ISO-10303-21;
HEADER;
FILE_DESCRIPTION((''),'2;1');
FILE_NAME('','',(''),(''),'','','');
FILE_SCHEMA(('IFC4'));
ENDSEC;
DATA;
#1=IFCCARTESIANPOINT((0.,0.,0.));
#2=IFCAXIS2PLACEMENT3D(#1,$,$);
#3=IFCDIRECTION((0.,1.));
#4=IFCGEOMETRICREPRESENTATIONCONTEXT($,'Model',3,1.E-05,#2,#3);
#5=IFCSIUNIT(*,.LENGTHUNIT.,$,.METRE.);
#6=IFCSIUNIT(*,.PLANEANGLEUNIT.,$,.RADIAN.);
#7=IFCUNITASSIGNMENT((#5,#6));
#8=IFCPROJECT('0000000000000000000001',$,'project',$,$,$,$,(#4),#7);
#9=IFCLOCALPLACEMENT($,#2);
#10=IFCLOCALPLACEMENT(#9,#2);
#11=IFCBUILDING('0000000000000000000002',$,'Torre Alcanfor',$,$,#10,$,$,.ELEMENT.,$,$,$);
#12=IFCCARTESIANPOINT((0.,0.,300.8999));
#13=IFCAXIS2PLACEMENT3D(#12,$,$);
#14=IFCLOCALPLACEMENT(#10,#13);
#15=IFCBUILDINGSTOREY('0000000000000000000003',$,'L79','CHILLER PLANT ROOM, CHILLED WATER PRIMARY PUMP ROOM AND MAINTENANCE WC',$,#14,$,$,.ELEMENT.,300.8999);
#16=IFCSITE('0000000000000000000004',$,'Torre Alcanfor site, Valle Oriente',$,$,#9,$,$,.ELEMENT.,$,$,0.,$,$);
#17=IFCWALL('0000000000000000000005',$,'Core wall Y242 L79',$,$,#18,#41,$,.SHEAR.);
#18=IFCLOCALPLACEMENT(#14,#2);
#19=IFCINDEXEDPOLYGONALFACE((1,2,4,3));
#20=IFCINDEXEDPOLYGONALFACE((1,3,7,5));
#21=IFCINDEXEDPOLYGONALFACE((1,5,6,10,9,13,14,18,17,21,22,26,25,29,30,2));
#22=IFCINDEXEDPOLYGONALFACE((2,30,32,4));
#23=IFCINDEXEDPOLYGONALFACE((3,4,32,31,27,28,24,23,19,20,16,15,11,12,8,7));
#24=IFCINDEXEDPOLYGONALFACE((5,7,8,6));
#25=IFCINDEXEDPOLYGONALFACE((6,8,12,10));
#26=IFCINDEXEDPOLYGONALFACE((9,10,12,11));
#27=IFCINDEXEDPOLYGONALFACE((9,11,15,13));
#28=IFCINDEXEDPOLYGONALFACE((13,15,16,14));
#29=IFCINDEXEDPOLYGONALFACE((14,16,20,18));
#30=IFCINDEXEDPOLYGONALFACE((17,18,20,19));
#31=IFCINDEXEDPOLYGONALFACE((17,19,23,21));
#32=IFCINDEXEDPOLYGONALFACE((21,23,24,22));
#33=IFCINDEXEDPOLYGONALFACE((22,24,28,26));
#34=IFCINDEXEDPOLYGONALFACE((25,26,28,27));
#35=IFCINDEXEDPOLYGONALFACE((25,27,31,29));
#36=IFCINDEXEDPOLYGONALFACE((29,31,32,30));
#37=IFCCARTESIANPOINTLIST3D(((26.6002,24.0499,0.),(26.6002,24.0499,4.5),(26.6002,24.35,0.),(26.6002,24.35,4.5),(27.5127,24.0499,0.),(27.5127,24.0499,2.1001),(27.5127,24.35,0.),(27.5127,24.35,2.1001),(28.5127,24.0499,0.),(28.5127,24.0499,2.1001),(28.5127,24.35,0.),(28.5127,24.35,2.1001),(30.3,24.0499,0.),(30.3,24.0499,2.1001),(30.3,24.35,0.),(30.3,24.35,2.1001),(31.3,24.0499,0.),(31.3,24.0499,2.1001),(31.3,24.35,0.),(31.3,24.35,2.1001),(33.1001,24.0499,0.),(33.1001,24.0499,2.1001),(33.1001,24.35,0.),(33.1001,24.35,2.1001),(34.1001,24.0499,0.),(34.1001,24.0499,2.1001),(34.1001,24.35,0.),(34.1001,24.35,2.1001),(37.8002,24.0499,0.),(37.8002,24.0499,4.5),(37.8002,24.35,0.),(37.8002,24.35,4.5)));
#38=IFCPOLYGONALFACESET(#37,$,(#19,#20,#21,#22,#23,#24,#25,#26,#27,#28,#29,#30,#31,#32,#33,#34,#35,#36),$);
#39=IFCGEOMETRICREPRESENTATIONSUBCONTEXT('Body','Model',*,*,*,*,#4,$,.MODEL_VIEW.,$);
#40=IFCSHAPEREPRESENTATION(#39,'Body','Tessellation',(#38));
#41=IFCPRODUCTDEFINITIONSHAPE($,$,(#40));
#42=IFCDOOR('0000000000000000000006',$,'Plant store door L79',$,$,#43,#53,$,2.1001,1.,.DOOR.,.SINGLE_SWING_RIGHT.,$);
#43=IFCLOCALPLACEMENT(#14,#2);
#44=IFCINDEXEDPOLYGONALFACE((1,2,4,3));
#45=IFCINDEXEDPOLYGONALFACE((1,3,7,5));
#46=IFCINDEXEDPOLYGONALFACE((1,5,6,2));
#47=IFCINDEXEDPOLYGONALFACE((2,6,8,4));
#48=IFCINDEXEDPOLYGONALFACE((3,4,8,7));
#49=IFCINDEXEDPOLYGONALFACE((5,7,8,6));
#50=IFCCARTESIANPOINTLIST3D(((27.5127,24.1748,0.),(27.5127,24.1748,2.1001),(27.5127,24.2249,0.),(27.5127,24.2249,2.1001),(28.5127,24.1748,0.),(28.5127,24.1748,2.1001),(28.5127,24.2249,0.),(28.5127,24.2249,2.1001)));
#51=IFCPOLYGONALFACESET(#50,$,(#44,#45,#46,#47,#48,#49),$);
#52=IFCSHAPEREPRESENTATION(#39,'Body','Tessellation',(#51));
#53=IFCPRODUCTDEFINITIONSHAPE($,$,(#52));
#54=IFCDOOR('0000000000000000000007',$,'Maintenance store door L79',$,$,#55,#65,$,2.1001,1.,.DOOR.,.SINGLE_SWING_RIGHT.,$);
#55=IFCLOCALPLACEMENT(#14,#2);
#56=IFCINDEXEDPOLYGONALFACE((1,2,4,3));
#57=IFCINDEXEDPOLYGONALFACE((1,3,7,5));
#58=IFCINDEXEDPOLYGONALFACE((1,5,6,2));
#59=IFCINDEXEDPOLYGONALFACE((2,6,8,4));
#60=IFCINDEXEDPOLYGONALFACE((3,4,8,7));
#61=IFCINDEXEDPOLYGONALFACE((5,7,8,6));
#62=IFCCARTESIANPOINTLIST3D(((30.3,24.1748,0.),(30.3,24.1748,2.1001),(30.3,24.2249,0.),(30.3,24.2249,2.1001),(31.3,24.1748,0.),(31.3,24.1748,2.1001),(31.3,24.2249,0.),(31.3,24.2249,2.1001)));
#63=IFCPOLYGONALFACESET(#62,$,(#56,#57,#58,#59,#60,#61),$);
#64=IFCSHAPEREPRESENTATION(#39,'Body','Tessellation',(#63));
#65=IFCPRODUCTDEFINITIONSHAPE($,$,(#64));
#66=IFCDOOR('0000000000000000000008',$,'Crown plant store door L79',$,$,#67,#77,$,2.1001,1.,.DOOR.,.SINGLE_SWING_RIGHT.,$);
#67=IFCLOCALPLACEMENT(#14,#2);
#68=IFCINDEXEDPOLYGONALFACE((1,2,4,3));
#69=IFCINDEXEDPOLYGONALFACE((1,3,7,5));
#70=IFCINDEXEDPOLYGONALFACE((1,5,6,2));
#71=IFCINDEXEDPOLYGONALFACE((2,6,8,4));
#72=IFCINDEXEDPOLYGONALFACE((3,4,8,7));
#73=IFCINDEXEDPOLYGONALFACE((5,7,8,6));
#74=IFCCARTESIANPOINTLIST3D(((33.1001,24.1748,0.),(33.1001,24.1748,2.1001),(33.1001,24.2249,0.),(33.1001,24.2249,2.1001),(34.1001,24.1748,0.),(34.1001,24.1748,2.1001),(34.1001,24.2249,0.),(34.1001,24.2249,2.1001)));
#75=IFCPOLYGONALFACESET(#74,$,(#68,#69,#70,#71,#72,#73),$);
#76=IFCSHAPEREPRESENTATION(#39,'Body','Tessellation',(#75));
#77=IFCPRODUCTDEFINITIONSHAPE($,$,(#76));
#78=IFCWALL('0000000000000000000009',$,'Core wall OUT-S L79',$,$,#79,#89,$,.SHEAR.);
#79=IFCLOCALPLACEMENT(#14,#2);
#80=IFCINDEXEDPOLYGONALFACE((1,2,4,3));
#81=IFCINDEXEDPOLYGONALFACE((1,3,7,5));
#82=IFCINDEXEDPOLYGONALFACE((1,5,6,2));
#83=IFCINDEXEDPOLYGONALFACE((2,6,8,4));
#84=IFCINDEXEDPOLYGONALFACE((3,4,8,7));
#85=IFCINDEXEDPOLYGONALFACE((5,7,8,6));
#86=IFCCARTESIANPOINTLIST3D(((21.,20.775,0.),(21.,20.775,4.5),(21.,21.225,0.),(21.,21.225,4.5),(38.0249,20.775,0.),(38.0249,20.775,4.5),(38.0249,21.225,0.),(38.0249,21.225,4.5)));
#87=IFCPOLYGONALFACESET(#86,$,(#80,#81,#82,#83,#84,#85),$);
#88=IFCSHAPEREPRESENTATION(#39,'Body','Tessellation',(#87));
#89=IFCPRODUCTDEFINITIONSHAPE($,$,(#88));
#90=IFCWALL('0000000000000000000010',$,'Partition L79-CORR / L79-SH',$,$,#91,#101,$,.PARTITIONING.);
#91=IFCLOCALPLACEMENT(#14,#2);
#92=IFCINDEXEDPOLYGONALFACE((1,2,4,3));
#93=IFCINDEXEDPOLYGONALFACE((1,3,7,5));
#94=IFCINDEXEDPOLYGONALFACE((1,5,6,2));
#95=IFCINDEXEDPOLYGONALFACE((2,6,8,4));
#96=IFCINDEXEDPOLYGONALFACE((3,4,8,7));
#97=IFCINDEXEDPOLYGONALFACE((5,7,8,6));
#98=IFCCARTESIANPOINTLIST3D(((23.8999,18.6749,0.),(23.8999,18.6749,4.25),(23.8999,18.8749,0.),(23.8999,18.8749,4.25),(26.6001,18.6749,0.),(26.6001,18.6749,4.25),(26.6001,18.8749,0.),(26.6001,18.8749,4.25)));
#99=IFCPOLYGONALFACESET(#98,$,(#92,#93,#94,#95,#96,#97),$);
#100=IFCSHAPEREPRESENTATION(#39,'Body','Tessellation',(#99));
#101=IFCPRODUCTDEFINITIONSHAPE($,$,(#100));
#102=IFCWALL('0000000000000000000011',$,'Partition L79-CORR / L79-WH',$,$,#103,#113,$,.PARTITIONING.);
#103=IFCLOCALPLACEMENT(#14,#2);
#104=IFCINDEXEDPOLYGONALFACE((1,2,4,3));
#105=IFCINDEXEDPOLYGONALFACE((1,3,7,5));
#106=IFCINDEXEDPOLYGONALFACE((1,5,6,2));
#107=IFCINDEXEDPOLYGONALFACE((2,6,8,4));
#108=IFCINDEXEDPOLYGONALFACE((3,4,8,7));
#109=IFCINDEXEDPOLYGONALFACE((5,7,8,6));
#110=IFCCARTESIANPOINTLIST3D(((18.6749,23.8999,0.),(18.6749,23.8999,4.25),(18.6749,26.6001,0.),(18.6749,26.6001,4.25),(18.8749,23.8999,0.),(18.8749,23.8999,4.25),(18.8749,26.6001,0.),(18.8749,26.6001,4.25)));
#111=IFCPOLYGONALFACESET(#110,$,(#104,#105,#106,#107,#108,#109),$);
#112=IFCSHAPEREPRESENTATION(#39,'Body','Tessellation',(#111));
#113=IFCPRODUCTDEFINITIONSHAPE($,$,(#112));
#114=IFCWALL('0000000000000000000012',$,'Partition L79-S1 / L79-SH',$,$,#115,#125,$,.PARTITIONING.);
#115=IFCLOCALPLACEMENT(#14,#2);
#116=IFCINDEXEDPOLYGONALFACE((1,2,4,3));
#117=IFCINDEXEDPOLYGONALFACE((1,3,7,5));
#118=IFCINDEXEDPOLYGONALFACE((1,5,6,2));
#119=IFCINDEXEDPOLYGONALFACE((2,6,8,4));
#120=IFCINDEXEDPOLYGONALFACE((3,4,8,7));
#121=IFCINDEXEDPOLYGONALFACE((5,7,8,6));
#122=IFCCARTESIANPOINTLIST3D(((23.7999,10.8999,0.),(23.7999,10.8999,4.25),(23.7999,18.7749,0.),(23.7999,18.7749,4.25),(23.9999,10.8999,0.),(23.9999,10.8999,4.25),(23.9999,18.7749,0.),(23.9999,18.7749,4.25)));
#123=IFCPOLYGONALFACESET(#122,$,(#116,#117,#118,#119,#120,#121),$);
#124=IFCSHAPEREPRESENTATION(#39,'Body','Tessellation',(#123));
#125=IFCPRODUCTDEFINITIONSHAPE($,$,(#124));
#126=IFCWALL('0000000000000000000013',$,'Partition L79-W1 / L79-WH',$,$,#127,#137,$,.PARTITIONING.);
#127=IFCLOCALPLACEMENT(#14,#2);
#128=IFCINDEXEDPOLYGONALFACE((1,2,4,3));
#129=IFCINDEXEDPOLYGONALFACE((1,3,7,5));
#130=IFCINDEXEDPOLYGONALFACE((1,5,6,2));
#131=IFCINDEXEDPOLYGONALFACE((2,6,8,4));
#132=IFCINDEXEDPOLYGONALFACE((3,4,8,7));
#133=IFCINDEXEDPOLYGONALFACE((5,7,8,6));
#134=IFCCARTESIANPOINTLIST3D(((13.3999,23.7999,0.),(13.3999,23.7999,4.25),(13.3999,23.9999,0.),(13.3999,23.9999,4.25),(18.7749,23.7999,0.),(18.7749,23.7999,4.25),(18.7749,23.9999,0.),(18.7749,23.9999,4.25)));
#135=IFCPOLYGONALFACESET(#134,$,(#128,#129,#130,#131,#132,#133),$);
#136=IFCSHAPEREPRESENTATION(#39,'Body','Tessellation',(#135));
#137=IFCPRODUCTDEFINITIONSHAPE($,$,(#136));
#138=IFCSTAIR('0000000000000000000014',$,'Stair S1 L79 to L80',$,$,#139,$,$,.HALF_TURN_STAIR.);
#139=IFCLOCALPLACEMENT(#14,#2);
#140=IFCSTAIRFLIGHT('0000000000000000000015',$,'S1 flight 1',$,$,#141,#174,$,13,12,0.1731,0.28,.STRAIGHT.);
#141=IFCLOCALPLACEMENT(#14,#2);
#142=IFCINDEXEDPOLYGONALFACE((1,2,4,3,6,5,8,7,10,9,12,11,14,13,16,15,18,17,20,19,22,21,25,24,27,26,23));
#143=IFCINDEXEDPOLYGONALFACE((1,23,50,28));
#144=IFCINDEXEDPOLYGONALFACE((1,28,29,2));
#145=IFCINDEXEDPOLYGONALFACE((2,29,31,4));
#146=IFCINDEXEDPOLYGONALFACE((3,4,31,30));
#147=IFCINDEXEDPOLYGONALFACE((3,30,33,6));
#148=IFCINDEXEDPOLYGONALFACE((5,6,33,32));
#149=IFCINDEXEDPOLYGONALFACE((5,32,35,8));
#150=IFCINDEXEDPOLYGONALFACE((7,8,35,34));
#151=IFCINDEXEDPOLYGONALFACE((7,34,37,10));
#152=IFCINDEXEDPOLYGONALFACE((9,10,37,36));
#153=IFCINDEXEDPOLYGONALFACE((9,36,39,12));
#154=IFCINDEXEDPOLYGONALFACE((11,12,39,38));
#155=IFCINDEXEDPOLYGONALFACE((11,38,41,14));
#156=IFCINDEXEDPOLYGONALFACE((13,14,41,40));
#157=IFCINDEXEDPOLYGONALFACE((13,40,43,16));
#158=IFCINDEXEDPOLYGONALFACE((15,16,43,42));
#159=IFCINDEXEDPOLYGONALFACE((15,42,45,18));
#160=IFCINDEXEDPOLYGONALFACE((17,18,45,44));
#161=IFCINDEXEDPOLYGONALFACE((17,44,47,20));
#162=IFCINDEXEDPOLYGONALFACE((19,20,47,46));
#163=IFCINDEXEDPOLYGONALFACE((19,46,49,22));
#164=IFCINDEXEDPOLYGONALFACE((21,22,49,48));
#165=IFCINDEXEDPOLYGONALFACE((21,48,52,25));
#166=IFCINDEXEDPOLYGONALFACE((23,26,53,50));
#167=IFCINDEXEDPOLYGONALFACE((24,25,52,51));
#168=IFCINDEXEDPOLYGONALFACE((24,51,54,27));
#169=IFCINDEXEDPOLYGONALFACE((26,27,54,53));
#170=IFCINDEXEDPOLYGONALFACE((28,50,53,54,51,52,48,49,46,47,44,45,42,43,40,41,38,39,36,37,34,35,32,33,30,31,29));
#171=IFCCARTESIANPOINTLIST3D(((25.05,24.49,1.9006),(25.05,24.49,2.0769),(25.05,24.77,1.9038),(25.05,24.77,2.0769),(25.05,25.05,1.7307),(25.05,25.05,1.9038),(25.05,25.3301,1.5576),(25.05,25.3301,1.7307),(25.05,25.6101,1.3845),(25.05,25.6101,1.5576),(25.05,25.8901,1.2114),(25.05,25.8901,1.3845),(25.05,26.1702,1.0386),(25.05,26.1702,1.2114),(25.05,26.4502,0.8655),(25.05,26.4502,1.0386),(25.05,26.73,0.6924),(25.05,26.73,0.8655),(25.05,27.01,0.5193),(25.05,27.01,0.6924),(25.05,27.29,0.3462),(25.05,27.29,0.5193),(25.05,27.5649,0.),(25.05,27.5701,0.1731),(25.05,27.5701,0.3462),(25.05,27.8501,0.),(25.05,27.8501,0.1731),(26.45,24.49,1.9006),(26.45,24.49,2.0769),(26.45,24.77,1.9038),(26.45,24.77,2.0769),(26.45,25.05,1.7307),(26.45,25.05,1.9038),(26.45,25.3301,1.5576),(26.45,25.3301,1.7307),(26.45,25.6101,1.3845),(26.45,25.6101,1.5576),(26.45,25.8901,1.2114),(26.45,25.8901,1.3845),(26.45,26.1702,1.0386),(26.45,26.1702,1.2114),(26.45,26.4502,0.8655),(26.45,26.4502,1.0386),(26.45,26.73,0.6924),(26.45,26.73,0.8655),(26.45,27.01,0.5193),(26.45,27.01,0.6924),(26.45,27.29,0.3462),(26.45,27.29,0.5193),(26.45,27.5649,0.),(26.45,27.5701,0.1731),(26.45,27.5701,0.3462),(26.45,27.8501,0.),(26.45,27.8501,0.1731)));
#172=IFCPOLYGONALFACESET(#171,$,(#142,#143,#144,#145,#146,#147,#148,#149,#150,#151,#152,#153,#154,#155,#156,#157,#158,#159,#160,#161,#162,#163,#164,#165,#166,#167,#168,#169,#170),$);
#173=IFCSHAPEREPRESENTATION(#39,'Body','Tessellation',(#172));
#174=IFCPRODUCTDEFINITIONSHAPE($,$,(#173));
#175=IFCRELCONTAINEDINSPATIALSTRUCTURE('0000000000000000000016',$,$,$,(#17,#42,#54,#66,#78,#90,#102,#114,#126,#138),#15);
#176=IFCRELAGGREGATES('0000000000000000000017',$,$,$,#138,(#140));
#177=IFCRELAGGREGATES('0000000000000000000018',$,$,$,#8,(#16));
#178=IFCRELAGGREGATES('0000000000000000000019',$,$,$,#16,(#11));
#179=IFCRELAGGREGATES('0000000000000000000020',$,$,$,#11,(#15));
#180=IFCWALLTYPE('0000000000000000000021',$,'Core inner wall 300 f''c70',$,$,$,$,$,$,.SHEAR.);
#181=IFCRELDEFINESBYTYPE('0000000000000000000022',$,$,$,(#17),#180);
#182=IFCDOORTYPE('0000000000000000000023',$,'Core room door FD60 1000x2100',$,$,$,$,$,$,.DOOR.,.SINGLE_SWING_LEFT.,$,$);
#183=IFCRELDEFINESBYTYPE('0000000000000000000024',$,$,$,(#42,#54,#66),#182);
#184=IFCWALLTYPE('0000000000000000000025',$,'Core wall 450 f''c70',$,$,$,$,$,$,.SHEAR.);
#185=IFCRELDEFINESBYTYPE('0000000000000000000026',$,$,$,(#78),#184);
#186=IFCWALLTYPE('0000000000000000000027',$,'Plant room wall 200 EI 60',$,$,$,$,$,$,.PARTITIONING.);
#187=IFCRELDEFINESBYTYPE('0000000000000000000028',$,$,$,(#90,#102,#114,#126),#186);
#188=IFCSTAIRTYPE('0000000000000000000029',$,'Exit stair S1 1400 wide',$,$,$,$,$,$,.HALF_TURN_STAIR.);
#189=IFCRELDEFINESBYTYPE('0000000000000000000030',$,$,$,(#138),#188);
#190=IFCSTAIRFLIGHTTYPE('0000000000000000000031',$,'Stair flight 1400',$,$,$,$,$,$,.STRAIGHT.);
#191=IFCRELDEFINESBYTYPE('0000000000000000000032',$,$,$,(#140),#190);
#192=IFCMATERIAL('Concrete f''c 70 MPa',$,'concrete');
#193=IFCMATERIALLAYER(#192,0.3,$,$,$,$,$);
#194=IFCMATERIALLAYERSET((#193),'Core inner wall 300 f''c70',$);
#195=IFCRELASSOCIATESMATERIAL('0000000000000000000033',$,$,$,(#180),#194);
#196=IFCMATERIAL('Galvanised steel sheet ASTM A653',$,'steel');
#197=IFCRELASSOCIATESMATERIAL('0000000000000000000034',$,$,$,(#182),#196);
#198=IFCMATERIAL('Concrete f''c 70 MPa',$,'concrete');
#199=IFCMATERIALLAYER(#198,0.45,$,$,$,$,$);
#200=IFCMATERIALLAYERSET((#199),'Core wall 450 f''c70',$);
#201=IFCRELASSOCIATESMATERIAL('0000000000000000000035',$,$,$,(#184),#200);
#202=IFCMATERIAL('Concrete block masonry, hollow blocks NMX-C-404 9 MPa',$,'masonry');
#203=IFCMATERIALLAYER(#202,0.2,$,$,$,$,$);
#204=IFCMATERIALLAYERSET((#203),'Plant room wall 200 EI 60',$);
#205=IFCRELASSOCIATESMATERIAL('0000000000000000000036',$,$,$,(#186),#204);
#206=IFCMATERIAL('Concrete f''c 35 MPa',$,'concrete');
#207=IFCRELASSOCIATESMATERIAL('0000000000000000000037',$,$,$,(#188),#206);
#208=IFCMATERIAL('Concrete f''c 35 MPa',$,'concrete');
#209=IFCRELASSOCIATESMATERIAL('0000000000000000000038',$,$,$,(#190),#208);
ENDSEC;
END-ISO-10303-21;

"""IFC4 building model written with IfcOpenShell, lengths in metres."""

from ifc_helpers import new_model, si_unit, direction, frame, frame_2d, origin, place, context, subcontext, project, spatial, polyline, rectangle, outline, extrude, material, layer, layer_set, type_object, element, fill, aggregate, save


model = new_model("IFC4")

# Units and contexts
model_context = context("Model", 3, precision=1e-05, world=origin(), true_north=direction((0.0, 1.0)))
body_context = subcontext(model_context, "Body", "Model", "MODEL_VIEW")
ifc_project = project(units=[si_unit("LENGTHUNIT", "METRE"), si_unit("PLANEANGLEUNIT", "RADIAN")], contexts=[model_context])

# Site, building, storey
site_placement = place(None, origin())
site = spatial("IfcSite", under=ifc_project, at=site_placement, Name="Torre Alcanfor site, Valle Oriente", CompositionType="ELEMENT", RefElevation=0.0)
building_placement = place(site_placement, origin())
building = spatial("IfcBuilding", under=site, at=building_placement, Name="Torre Alcanfor", CompositionType="ELEMENT")
storey_placement = place(building_placement, frame((0.0, 0.0, 300.8999)))
storey = spatial("IfcBuildingStorey", under=building, at=storey_placement, Name="L79", Description="CHILLER PLANT ROOM, CHILLED WATER PRIMARY PUMP ROOM AND MAINTENANCE WC", CompositionType="ELEMENT", Elevation=300.8999)

# Shared definitions
ifc_material_1 = material(Name="Concrete f'c 70 MPa", Category="concrete")
ifc_layer_1 = layer(ifc_material_1, 0.3)
ifc_layer_set_1 = layer_set([ifc_layer_1], Name="Core inner wall 300 f'c70")
wall_type_1 = type_object("IfcWallType", Name="Core inner wall 300 f'c70", PredefinedType="SHEAR", material=ifc_layer_set_1)

# Wall, openings, doors
wall_1_placement = place(storey_placement, frame((26.6001, 24.2, 0.0), z_axis=(0.0, 0.0, 1.0), x_axis=(1.0, 0.0, 0.0)))
wall_1 = element("IfcWall", 1, at=wall_1_placement, inside=storey, type_object=wall_type_1, Name="Core wall Y242 L79", PredefinedType="SHEAR", context=body_context, shape_type="SweptSolid", body=[
    extrude(rectangle(XDim=11.2, YDim=0.3, at=frame_2d((5.6001, 0.0))), origin(), (0.0, 0.0, 1.0), 4.5),
])
opening_1_placement = place(wall_1_placement, frame((0.9126, 0.0, 0.0)))
opening_1 = element("IfcOpeningElement", 2, at=opening_1_placement, cuts=wall_1, PredefinedType="OPENING", context=body_context, shape_type="SweptSolid", body=[
    extrude(rectangle(XDim=1.0, YDim=2.1001, at=frame_2d((0.5, 1.05))), frame((0.0, 0.1599, 0.0), z_axis=(0.0, -1.0, 0.0), x_axis=(1.0, 0.0, 0.0)), (0.0, 0.0, 1.0), 0.3201),
])
opening_2_placement = place(wall_1_placement, frame((3.7, 0.0, 0.0)))
opening_2 = element("IfcOpeningElement", 3, at=opening_2_placement, cuts=wall_1, PredefinedType="OPENING", context=body_context, shape_type="SweptSolid", body=[
    extrude(rectangle(XDim=1.0, YDim=2.1001, at=frame_2d((0.5, 1.05))), frame((0.0, 0.1599, 0.0), z_axis=(0.0, -1.0, 0.0), x_axis=(1.0, 0.0, 0.0)), (0.0, 0.0, 1.0), 0.3201),
])
opening_3_placement = place(wall_1_placement, frame((6.5, 0.0, 0.0)))
opening_3 = element("IfcOpeningElement", 4, at=opening_3_placement, cuts=wall_1, PredefinedType="OPENING", context=body_context, shape_type="SweptSolid", body=[
    extrude(rectangle(XDim=1.0, YDim=2.1001, at=frame_2d((0.5, 1.05))), frame((0.0, 0.1599, 0.0), z_axis=(0.0, -1.0, 0.0), x_axis=(1.0, 0.0, 0.0)), (0.0, 0.0, 1.0), 0.3201),
])
ifc_material_2 = material(Name="Galvanised steel sheet ASTM A653", Category="steel")
door_type_1 = type_object("IfcDoorType", Name="Core room door FD60 1000x2100", OperationType="SINGLE_SWING_LEFT", PredefinedType="DOOR", material=ifc_material_2)
door_1_placement = place(opening_1_placement, frame((1.0, 0.0, 0.0), z_axis=(0.0, 0.0, 1.0), x_axis=(-1.0, 0.0, 0.0)))
door_1 = element("IfcDoor", 5, at=door_1_placement, inside=storey, type_object=door_type_1, Name="Plant store door L79", OperationType="SINGLE_SWING_RIGHT", OverallHeight=2.1001, OverallWidth=1.0, PredefinedType="DOOR", context=body_context, shape_type="SweptSolid", body=[
    extrude(rectangle(XDim=1.0, YDim=2.1001, at=frame_2d((0.5, 1.05))), frame((0.0, 0.0251, 0.0), z_axis=(0.0, -1.0, 0.0), x_axis=(1.0, 0.0, 0.0)), (0.0, 0.0, 1.0), 0.05),
])
fill(opening_1, door_1)
door_2_placement = place(opening_2_placement, frame((1.0, 0.0, 0.0), z_axis=(0.0, 0.0, 1.0), x_axis=(-1.0, 0.0, 0.0)))
door_2 = element("IfcDoor", 6, at=door_2_placement, inside=storey, type_object=door_type_1, Name="Maintenance store door L79", OperationType="SINGLE_SWING_RIGHT", OverallHeight=2.1001, OverallWidth=1.0, PredefinedType="DOOR", context=body_context, shape_type="SweptSolid", body=[
    extrude(rectangle(XDim=1.0, YDim=2.1001, at=frame_2d((0.5, 1.05))), frame((0.0, 0.0251, 0.0), z_axis=(0.0, -1.0, 0.0), x_axis=(1.0, 0.0, 0.0)), (0.0, 0.0, 1.0), 0.05),
])
fill(opening_2, door_2)
door_3_placement = place(opening_3_placement, frame((1.0, 0.0, 0.0), z_axis=(0.0, 0.0, 1.0), x_axis=(-1.0, 0.0, 0.0)))
door_3 = element("IfcDoor", 7, at=door_3_placement, inside=storey, type_object=door_type_1, Name="Crown plant store door L79", OperationType="SINGLE_SWING_RIGHT", OverallHeight=2.1001, OverallWidth=1.0, PredefinedType="DOOR", context=body_context, shape_type="SweptSolid", body=[
    extrude(rectangle(XDim=1.0, YDim=2.1001, at=frame_2d((0.5, 1.05))), frame((0.0, 0.0251, 0.0), z_axis=(0.0, -1.0, 0.0), x_axis=(1.0, 0.0, 0.0)), (0.0, 0.0, 1.0), 0.05),
])
fill(opening_3, door_3)

# Wall
ifc_material_3 = material(Name="Concrete f'c 70 MPa", Category="concrete")
ifc_layer_2 = layer(ifc_material_3, 0.45)
ifc_layer_set_2 = layer_set([ifc_layer_2], Name="Core wall 450 f'c70")
wall_type_2 = type_object("IfcWallType", Name="Core wall 450 f'c70", PredefinedType="SHEAR", material=ifc_layer_set_2)
wall_2_placement = place(storey_placement, frame((21.0, 21.0, 0.0), z_axis=(0.0, 0.0, 1.0), x_axis=(1.0, 0.0, 0.0)))
element("IfcWall", 8, at=wall_2_placement, inside=storey, type_object=wall_type_2, Name="Core wall OUT-S L79", PredefinedType="SHEAR", context=body_context, shape_type="SweptSolid", body=[
    extrude(rectangle(XDim=17.0249, YDim=0.45, at=frame_2d((8.5125, 0.0))), origin(), (0.0, 0.0, 1.0), 4.5),
])

# Shared definitions
ifc_material_4 = material(Name="Concrete block masonry, hollow blocks NMX-C-404 9 MPa", Category="masonry")
ifc_layer_3 = layer(ifc_material_4, 0.2)
ifc_layer_set_3 = layer_set([ifc_layer_3], Name="Plant room wall 200 EI 60")
wall_type_3 = type_object("IfcWallType", Name="Plant room wall 200 EI 60", PredefinedType="PARTITIONING", material=ifc_layer_set_3)

# Wall
wall_3_placement = place(storey_placement, frame((26.6001, 18.7749, 0.0), z_axis=(0.0, 0.0, 1.0), x_axis=(-1.0, 0.0, 0.0)))
element("IfcWall", 9, at=wall_3_placement, inside=storey, type_object=wall_type_3, Name="Partition L79-CORR / L79-SH", PredefinedType="PARTITIONING", context=body_context, shape_type="SweptSolid", body=[
    extrude(rectangle(XDim=2.7002, YDim=0.2, at=frame_2d((1.3501, 0.0))), origin(), (0.0, 0.0, 1.0), 4.25),
])

# Walls
wall_4_placement = place(storey_placement, frame((18.7749, 23.8999, 0.0), z_axis=(0.0, 0.0, 1.0), x_axis=(0.0, 1.0, 0.0)))
element("IfcWall", 10, at=wall_4_placement, inside=storey, type_object=wall_type_3, Name="Partition L79-CORR / L79-WH", PredefinedType="PARTITIONING", context=body_context, shape_type="SweptSolid", body=[
    extrude(rectangle(XDim=2.7002, YDim=0.2, at=frame_2d((1.3501, 0.0))), origin(), (0.0, 0.0, 1.0), 4.25),
])
wall_5_placement = place(storey_placement, frame((23.8999, 18.7749, 0.0), z_axis=(0.0, 0.0, 1.0), x_axis=(0.0, -1.0, 0.0)))
element("IfcWall", 11, at=wall_5_placement, inside=storey, type_object=wall_type_3, Name="Partition L79-S1 / L79-SH", PredefinedType="PARTITIONING", context=body_context, shape_type="SweptSolid", body=[
    extrude(rectangle(XDim=7.875, YDim=0.2, at=frame_2d((3.9375, 0.0))), origin(), (0.0, 0.0, 1.0), 4.25),
])
wall_6_placement = place(storey_placement, frame((13.3999, 23.8999, 0.0), z_axis=(0.0, 0.0, 1.0), x_axis=(1.0, 0.0, 0.0)))
element("IfcWall", 12, at=wall_6_placement, inside=storey, type_object=wall_type_3, Name="Partition L79-W1 / L79-WH", PredefinedType="PARTITIONING", context=body_context, shape_type="SweptSolid", body=[
    extrude(rectangle(XDim=5.375, YDim=0.2, at=frame_2d((2.6875, 0.0))), origin(), (0.0, 0.0, 1.0), 4.25),
])

# Stair, stair flight
ifc_material_5 = material(Name="Concrete f'c 35 MPa", Category="concrete")
stair_type = type_object("IfcStairType", Name="Exit stair S1 1400 wide", PredefinedType="HALF_TURN_STAIR", material=ifc_material_5)
stair_placement = place(storey_placement, origin())
stair = element("IfcStair", 13, at=stair_placement, inside=storey, type_object=stair_type, Name="Stair S1 L79 to L80", PredefinedType="HALF_TURN_STAIR")
ifc_material_6 = material(Name="Concrete f'c 35 MPa", Category="concrete")
stair_flight_type = type_object("IfcStairFlightType", Name="Stair flight 1400", PredefinedType="STRAIGHT", material=ifc_material_6)
stair_flight_1_placement = place(storey_placement, frame((25.75, 27.8501, 0.0), z_axis=(0.0, 0.0, 1.0), x_axis=(0.0, -1.0, 0.0)))
stair_flight_1 = element("IfcStairFlight", 14, at=stair_flight_1_placement, type_object=stair_flight_type, Name="S1 flight 1", NumberOfRisers=13, NumberOfTreads=12, PredefinedType="STRAIGHT", RiserHeight=0.1731, TreadLength=0.28, context=body_context, shape_type="SweptSolid", body=[
    extrude(outline(polyline([(0.0, 0.0), (0.0, 0.1731), (0.28, 0.1731), (0.28, 0.3462), (0.5601, 0.3462), (0.5601, 0.5193), (0.8401, 0.5193), (0.8401, 0.6924), (1.1201, 0.6924), (1.1201, 0.8655), (1.3999, 0.8655), (1.3999, 1.0386), (1.6799, 1.0386), (1.6799, 1.2114), (1.96, 1.2114), (1.96, 1.3845), (2.24, 1.3845), (2.24, 1.5576), (2.52, 1.5576), (2.52, 1.7307), (2.8, 1.7307), (2.8, 1.9038), (3.0801, 1.9038), (3.0801, 2.0769), (3.3601, 2.0769), (3.3601, 2.25), (3.3601, 1.9006), (0.2852, 0.0), (0.0, 0.0)])), frame((0.0, 0.7, 0.0), z_axis=(0.0, -1.0, 0.0), x_axis=(1.0, 0.0, 0.0)), (0.0, 0.0, 1.0), 1.3999),
])
aggregate(stair, [stair_flight_1])

save(model, "model.ifc")
